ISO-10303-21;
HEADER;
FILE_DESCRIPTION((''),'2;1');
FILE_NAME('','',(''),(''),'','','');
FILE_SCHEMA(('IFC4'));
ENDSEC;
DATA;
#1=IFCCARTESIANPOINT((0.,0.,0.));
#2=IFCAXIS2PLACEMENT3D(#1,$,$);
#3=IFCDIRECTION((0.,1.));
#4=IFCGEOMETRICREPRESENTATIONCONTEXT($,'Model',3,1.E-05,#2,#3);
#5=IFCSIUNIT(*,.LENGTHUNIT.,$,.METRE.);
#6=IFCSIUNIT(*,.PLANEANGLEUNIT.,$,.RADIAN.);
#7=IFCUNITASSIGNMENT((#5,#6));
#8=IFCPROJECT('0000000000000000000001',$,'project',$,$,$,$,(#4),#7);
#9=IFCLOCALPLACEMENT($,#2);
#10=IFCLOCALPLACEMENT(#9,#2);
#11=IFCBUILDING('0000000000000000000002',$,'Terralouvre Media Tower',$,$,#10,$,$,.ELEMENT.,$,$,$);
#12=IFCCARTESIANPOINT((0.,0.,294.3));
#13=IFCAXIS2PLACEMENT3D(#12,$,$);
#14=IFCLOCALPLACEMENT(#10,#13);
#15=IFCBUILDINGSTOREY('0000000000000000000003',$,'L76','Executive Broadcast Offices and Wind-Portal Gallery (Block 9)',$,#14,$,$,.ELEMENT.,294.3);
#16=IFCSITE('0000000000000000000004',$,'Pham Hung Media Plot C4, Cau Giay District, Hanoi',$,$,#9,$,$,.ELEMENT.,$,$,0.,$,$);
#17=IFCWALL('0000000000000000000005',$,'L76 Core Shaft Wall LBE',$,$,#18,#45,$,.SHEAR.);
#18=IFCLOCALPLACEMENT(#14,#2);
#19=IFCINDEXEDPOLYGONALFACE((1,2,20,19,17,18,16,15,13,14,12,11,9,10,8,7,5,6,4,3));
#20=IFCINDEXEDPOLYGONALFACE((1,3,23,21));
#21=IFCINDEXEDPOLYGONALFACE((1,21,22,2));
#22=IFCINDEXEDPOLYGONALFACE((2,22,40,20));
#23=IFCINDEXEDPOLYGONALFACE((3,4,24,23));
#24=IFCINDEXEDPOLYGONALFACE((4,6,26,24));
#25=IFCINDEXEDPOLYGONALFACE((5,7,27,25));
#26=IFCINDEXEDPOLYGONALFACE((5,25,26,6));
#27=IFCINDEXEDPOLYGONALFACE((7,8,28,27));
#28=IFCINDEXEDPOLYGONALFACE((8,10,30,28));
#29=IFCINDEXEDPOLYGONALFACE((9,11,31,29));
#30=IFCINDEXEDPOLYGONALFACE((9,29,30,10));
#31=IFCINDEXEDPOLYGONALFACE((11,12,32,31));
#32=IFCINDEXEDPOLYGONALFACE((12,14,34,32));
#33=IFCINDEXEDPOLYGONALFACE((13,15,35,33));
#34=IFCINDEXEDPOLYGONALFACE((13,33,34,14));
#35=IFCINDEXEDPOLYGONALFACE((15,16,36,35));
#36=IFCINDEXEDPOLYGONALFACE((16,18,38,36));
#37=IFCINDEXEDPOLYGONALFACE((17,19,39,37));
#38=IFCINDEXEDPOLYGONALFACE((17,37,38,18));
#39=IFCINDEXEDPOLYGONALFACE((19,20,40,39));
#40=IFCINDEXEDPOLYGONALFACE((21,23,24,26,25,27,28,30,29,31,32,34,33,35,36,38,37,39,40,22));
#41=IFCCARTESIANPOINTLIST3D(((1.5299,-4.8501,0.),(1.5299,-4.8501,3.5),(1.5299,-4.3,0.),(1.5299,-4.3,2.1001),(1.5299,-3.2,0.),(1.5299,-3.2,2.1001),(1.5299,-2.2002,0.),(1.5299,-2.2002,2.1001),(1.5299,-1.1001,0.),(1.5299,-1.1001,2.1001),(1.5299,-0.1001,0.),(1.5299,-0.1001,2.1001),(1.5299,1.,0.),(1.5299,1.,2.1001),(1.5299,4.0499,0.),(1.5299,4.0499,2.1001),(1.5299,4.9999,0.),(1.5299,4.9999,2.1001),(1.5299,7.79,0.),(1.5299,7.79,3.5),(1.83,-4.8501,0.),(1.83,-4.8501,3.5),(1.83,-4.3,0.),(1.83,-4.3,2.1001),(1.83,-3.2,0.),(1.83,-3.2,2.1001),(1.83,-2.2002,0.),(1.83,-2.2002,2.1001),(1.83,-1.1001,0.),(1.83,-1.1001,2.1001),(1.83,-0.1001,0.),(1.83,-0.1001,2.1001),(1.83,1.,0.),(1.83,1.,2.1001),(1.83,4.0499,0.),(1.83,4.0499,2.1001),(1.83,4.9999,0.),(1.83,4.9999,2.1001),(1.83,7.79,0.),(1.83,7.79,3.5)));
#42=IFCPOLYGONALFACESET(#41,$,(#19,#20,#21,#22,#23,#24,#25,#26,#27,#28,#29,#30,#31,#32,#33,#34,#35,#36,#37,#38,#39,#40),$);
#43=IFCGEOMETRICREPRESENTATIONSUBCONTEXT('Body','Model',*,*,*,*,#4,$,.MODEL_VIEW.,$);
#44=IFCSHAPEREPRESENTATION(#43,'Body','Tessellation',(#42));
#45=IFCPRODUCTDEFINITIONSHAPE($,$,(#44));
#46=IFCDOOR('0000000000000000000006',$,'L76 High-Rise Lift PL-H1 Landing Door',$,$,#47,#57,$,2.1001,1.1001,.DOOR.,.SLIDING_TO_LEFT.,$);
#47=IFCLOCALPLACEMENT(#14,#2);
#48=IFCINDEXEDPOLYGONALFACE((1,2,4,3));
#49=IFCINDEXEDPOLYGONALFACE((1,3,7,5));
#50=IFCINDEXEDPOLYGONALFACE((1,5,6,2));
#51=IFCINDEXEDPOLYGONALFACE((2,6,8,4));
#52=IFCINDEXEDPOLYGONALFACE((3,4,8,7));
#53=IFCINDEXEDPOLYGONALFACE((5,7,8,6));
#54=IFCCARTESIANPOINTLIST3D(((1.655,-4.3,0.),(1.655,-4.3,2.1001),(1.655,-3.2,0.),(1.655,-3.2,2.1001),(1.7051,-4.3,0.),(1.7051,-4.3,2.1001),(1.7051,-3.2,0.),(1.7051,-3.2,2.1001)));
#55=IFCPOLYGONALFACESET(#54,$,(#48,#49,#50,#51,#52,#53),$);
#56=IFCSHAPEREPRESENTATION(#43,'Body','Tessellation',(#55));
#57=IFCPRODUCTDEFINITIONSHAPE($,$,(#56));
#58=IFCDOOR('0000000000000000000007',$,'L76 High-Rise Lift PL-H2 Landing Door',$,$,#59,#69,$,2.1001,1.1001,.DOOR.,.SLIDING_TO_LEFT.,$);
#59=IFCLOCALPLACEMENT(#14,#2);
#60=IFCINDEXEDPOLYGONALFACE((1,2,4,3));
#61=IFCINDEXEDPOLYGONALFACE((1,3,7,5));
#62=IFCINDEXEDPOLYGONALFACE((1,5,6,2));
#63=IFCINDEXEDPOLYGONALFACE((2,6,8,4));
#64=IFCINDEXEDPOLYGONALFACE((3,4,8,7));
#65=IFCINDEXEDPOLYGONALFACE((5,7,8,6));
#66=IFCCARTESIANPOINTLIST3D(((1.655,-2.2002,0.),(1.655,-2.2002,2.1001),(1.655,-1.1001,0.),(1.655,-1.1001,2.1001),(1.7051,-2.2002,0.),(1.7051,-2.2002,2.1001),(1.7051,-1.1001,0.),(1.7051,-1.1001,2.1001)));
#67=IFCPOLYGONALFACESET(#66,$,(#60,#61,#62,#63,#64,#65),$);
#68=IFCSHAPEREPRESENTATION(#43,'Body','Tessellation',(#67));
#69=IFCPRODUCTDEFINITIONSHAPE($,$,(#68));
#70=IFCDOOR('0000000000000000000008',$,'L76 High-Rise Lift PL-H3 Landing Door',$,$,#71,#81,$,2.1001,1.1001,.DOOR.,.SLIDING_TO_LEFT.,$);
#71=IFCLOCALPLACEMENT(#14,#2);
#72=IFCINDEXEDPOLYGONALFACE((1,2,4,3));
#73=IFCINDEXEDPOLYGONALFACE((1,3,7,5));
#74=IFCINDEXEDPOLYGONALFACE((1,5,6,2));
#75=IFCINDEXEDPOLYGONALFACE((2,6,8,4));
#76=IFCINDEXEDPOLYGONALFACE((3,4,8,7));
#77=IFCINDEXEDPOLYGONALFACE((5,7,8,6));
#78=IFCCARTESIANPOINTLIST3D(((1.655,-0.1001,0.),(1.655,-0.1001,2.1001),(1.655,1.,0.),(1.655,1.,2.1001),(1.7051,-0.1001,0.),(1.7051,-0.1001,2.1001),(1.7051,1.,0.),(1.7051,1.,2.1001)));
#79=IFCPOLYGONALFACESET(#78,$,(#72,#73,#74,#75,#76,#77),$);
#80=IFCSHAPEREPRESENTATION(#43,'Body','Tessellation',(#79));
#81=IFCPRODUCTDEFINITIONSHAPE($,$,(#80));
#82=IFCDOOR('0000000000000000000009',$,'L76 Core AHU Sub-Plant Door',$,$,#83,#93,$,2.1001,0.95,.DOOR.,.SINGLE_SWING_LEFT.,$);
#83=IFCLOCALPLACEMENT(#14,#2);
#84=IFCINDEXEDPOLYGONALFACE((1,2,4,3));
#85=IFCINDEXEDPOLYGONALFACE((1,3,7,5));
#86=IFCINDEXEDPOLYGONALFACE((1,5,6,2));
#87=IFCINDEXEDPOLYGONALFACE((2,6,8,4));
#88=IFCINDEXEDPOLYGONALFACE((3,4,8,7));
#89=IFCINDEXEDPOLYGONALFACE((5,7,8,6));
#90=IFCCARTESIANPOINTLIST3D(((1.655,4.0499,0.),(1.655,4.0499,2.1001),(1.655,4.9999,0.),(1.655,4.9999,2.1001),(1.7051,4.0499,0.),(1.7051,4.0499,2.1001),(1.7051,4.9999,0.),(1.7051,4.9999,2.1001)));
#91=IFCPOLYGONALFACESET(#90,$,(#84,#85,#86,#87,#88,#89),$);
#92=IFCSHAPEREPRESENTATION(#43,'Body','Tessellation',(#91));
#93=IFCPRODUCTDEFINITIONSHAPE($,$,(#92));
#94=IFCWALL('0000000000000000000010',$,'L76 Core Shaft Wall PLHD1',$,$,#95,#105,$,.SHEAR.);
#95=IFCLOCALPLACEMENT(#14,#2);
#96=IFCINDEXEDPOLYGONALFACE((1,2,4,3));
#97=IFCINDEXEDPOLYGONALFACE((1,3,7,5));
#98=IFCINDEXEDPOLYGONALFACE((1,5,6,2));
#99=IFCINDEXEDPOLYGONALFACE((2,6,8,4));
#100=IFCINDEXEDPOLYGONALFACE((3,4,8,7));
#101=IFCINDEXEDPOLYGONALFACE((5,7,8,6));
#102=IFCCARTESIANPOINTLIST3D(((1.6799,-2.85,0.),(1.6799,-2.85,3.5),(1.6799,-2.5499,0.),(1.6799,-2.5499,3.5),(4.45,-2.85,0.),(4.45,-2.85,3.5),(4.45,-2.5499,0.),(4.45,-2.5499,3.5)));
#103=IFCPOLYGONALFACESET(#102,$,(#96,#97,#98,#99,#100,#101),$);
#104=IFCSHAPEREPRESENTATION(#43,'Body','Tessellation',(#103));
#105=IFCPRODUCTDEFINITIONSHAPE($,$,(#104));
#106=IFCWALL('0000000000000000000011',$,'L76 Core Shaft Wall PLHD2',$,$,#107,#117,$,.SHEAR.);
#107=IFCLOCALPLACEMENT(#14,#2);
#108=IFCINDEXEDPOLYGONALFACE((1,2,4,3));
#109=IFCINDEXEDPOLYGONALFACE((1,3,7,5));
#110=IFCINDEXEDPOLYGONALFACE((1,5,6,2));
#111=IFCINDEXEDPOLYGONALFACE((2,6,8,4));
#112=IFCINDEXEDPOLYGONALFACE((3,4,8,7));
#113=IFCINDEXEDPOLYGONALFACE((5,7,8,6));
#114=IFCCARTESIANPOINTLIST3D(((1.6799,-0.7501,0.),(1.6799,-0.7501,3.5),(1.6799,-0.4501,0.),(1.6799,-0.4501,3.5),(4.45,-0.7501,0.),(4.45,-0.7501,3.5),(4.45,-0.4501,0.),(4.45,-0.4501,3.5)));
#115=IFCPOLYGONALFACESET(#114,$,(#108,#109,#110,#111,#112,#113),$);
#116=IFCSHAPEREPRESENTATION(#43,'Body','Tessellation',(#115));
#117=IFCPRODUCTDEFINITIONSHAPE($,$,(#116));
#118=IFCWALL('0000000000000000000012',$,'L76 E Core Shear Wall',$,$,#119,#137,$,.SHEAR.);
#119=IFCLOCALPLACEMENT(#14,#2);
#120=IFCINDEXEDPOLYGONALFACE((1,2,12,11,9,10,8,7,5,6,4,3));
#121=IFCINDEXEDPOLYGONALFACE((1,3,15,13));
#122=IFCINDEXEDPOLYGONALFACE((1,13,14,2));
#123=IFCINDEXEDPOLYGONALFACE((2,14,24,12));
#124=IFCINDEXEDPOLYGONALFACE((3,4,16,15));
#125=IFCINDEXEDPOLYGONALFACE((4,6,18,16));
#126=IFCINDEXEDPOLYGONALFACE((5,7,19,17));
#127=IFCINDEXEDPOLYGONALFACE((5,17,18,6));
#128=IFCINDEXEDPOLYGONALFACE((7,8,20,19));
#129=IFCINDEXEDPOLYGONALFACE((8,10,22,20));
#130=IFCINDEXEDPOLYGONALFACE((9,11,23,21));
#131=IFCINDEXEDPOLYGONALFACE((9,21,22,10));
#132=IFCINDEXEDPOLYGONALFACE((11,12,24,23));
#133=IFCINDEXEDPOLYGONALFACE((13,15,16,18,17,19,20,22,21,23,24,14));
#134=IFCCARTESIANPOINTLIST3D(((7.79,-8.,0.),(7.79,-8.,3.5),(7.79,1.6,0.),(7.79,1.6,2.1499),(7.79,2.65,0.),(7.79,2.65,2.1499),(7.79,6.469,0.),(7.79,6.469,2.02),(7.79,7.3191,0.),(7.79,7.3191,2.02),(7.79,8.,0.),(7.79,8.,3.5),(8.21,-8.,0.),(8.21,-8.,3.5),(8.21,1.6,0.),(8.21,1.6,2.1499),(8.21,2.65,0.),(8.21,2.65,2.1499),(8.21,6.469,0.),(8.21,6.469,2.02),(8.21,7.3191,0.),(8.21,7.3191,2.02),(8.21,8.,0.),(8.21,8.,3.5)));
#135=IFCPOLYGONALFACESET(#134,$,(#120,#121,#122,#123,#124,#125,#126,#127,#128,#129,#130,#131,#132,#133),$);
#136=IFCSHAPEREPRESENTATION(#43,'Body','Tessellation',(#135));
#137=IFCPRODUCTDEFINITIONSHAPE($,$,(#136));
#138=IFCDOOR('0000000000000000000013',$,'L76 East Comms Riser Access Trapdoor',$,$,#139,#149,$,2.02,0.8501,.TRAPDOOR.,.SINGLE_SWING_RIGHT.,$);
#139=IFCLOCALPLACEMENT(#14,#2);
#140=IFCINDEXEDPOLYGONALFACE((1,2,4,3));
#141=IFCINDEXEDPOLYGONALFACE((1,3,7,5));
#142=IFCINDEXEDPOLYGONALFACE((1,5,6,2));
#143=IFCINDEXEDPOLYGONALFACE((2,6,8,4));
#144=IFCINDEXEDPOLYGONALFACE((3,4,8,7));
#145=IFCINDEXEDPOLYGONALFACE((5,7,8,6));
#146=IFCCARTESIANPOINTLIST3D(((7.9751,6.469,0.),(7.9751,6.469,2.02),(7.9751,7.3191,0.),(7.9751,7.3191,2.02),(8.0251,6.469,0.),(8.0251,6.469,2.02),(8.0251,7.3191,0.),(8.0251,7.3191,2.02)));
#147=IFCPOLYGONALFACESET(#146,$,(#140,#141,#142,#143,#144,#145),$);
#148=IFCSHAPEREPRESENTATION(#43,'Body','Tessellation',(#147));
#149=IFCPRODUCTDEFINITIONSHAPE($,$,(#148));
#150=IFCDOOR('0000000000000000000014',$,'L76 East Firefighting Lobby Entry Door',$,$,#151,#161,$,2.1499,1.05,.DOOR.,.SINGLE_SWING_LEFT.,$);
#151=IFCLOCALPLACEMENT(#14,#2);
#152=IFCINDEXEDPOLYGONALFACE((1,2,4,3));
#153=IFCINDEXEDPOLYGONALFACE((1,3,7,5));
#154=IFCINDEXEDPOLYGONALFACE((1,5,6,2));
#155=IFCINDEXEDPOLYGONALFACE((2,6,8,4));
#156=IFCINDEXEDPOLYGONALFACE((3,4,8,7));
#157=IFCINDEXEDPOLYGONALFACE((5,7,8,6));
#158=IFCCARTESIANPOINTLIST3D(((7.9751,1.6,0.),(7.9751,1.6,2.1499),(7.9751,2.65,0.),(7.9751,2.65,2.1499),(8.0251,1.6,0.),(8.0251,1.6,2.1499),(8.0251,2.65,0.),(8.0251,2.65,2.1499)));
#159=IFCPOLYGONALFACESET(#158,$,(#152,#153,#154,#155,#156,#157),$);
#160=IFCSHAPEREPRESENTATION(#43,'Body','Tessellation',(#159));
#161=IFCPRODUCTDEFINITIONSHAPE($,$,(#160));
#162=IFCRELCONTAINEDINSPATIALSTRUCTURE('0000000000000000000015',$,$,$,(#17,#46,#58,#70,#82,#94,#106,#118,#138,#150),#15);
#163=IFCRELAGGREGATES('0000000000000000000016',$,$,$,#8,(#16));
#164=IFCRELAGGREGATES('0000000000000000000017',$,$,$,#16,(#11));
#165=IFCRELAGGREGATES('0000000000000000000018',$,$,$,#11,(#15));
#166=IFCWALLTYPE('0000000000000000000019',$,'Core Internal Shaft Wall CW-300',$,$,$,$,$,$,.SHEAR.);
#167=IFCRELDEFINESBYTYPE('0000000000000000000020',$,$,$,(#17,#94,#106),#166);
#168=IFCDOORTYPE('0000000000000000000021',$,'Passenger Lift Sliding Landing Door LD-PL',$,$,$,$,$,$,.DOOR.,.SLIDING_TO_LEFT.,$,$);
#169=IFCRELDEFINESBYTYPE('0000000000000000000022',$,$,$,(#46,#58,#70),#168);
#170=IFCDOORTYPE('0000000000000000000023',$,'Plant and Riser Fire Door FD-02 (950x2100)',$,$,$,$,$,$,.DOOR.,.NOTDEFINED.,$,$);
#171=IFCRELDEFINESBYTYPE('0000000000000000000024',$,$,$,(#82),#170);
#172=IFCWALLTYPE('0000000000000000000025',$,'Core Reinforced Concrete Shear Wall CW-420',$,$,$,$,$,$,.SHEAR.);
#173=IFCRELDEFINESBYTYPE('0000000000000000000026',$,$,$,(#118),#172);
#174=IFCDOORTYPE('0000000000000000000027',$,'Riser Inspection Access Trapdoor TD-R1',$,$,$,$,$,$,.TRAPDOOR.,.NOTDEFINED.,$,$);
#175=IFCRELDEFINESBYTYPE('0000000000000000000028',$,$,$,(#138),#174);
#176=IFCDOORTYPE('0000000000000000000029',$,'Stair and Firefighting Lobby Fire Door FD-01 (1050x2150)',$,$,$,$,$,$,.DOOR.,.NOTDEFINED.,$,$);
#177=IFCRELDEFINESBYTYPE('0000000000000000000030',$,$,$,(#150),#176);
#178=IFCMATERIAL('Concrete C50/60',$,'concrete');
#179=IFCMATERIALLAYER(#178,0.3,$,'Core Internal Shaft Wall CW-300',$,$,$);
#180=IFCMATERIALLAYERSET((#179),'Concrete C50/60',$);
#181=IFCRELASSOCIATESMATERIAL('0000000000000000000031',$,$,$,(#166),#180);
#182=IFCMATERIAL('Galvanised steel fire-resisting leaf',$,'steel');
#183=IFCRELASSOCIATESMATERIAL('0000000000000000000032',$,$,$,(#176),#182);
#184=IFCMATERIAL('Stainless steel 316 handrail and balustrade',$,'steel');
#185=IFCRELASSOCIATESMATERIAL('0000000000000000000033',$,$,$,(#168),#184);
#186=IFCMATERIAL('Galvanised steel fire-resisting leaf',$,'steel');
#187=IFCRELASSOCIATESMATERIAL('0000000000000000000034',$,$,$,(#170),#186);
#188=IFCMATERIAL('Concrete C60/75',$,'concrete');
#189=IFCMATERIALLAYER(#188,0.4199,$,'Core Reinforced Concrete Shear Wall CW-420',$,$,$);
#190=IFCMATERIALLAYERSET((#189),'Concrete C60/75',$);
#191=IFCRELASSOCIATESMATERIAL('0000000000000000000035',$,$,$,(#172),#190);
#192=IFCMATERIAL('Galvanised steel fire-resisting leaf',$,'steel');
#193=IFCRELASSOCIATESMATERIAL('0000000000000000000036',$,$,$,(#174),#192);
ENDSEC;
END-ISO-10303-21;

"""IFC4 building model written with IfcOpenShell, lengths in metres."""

from ifc_helpers import new_model, si_unit, direction, frame, frame_2d, origin, place, context, subcontext, project, spatial, rectangle, extrude, material, layer, layer_set, type_object, element, fill, save


model = new_model("IFC4")

# Units and contexts
model_context = context("Model", 3, precision=1e-05, world=origin(), true_north=direction((0.0, 1.0)))
body_context = subcontext(model_context, "Body", "Model", "MODEL_VIEW")
ifc_project = project(units=[si_unit("LENGTHUNIT", "METRE"), si_unit("PLANEANGLEUNIT", "RADIAN")], contexts=[model_context])

# Site, building, storey
site_placement = place(None, origin())
site = spatial("IfcSite", under=ifc_project, at=site_placement, Name="Pham Hung Media Plot C4, Cau Giay District, Hanoi", CompositionType="ELEMENT", RefElevation=0.0)
building_placement = place(site_placement, origin())
building = spatial("IfcBuilding", under=site, at=building_placement, Name="Terralouvre Media Tower", CompositionType="ELEMENT")
storey_placement = place(building_placement, frame((0.0, 0.0, 294.3)))
storey = spatial("IfcBuildingStorey", under=building, at=storey_placement, Name="L76", Description="Executive Broadcast Offices and Wind-Portal Gallery (Block 9)", CompositionType="ELEMENT", Elevation=294.3)

# Shared definitions
ifc_material_1 = material(Name="Concrete C50/60", Category="concrete")
ifc_layer_1 = layer(ifc_material_1, 0.3, Name="Core Internal Shaft Wall CW-300")
ifc_layer_set_1 = layer_set([ifc_layer_1], Name="Concrete C50/60")
wall_type_1 = type_object("IfcWallType", Name="Core Internal Shaft Wall CW-300", PredefinedType="SHEAR", material=ifc_layer_set_1)

# Shared definitions
ifc_material_2 = material(Name="Galvanised steel fire-resisting leaf", Category="steel")
door_type_1 = type_object("IfcDoorType", Name="Stair and Firefighting Lobby Fire Door FD-01 (1050x2150)", OperationType="NOTDEFINED", PredefinedType="DOOR", material=ifc_material_2)

# Wall, openings, doors
wall_1_placement = place(storey_placement, frame((1.6799, -4.8501, 0.0), z_axis=(0.0, 0.0, 1.0), x_axis=(0.0, 1.0, 0.0)))
wall_1 = element("IfcWall", 1, at=wall_1_placement, inside=storey, type_object=wall_type_1, Name="L76 Core Shaft Wall LBE", PredefinedType="SHEAR", context=body_context, shape_type="SweptSolid", body=[
    extrude(rectangle(XDim=12.6401, YDim=0.3, at=frame_2d((6.3201, 0.0))), origin(), (0.0, 0.0, 1.0), 3.5),
])
opening_1_placement = place(wall_1_placement, frame((0.55, 0.0, 0.0)))
opening_1 = element("IfcOpeningElement", 2, at=opening_1_placement, cuts=wall_1, PredefinedType="OPENING", context=body_context, shape_type="SweptSolid", body=[
    extrude(rectangle(XDim=1.1001, YDim=2.1001, at=frame_2d((0.55, 1.05))), frame((0.0, 0.1599, 0.0), z_axis=(0.0, -1.0, 0.0), x_axis=(1.0, 0.0, 0.0)), (0.0, 0.0, 1.0), 0.3201),
])
opening_2_placement = place(wall_1_placement, frame((2.6499, 0.0, 0.0)))
opening_2 = element("IfcOpeningElement", 3, at=opening_2_placement, cuts=wall_1, PredefinedType="OPENING", context=body_context, shape_type="SweptSolid", body=[
    extrude(rectangle(XDim=1.1001, YDim=2.1001, at=frame_2d((0.55, 1.05))), frame((0.0, 0.1599, 0.0), z_axis=(0.0, -1.0, 0.0), x_axis=(1.0, 0.0, 0.0)), (0.0, 0.0, 1.0), 0.3201),
])
opening_3_placement = place(wall_1_placement, frame((4.75, 0.0, 0.0)))
opening_3 = element("IfcOpeningElement", 4, at=opening_3_placement, cuts=wall_1, PredefinedType="OPENING", context=body_context, shape_type="SweptSolid", body=[
    extrude(rectangle(XDim=1.1001, YDim=2.1001, at=frame_2d((0.55, 1.05))), frame((0.0, 0.1599, 0.0), z_axis=(0.0, -1.0, 0.0), x_axis=(1.0, 0.0, 0.0)), (0.0, 0.0, 1.0), 0.3201),
])
opening_4_placement = place(wall_1_placement, frame((8.8999, 0.0, 0.0)))
opening_4 = element("IfcOpeningElement", 5, at=opening_4_placement, cuts=wall_1, PredefinedType="OPENING", context=body_context, shape_type="SweptSolid", body=[
    extrude(rectangle(XDim=0.95, YDim=2.1001, at=frame_2d((0.4751, 1.05))), frame((0.0, 0.1599, 0.0), z_axis=(0.0, -1.0, 0.0), x_axis=(1.0, 0.0, 0.0)), (0.0, 0.0, 1.0), 0.3201),
])
ifc_material_3 = material(Name="Stainless steel 316 handrail and balustrade", Category="steel")
door_type_2 = type_object("IfcDoorType", Name="Passenger Lift Sliding Landing Door LD-PL", OperationType="SLIDING_TO_LEFT", PredefinedType="DOOR", material=ifc_material_3)
door_1_placement = place(opening_1_placement, origin())
door_1 = element("IfcDoor", 6, at=door_1_placement, inside=storey, type_object=door_type_2, Name="L76 High-Rise Lift PL-H1 Landing Door", OperationType="SLIDING_TO_LEFT", OverallHeight=2.1001, OverallWidth=1.1001, PredefinedType="DOOR", context=body_context, shape_type="SweptSolid", body=[
    extrude(rectangle(XDim=1.1001, YDim=2.1001, at=frame_2d((0.55, 1.05))), frame((0.0, 0.0249, 0.0), z_axis=(0.0, -1.0, 0.0), x_axis=(1.0, 0.0, 0.0)), (0.0, 0.0, 1.0), 0.05),
])
fill(opening_1, door_1)
door_2_placement = place(opening_2_placement, origin())
door_2 = element("IfcDoor", 7, at=door_2_placement, inside=storey, type_object=door_type_2, Name="L76 High-Rise Lift PL-H2 Landing Door", OperationType="SLIDING_TO_LEFT", OverallHeight=2.1001, OverallWidth=1.1001, PredefinedType="DOOR", context=body_context, shape_type="SweptSolid", body=[
    extrude(rectangle(XDim=1.1001, YDim=2.1001, at=frame_2d((0.55, 1.05))), frame((0.0, 0.0249, 0.0), z_axis=(0.0, -1.0, 0.0), x_axis=(1.0, 0.0, 0.0)), (0.0, 0.0, 1.0), 0.05),
])
fill(opening_2, door_2)
door_3_placement = place(opening_3_placement, origin())
door_3 = element("IfcDoor", 8, at=door_3_placement, inside=storey, type_object=door_type_2, Name="L76 High-Rise Lift PL-H3 Landing Door", OperationType="SLIDING_TO_LEFT", OverallHeight=2.1001, OverallWidth=1.1001, PredefinedType="DOOR", context=body_context, shape_type="SweptSolid", body=[
    extrude(rectangle(XDim=1.1001, YDim=2.1001, at=frame_2d((0.55, 1.05))), frame((0.0, 0.0249, 0.0), z_axis=(0.0, -1.0, 0.0), x_axis=(1.0, 0.0, 0.0)), (0.0, 0.0, 1.0), 0.05),
])
fill(opening_3, door_3)
ifc_material_4 = material(Name="Galvanised steel fire-resisting leaf", Category="steel")
door_type_3 = type_object("IfcDoorType", Name="Plant and Riser Fire Door FD-02 (950x2100)", OperationType="NOTDEFINED", PredefinedType="DOOR", material=ifc_material_4)
door_4_placement = place(opening_4_placement, origin())
door_4 = element("IfcDoor", 9, at=door_4_placement, inside=storey, type_object=door_type_3, Name="L76 Core AHU Sub-Plant Door", OperationType="SINGLE_SWING_LEFT", OverallHeight=2.1001, OverallWidth=0.95, PredefinedType="DOOR", context=body_context, shape_type="SweptSolid", body=[
    extrude(rectangle(XDim=0.95, YDim=2.1001, at=frame_2d((0.4751, 1.05))), frame((0.0, 0.0249, 0.0), z_axis=(0.0, -1.0, 0.0), x_axis=(1.0, 0.0, 0.0)), (0.0, 0.0, 1.0), 0.05),
])
fill(opening_4, door_4)

# Walls
for number, where, z_axis, x_axis, name in (
    (10, (1.6799, -2.7, 0.0), (0.0, 0.0, 1.0), (1.0, 0.0, 0.0), "L76 Core Shaft Wall PLHD1"),
    (11, (1.6799, -0.6001, 0.0), (0.0, 0.0, 1.0), (1.0, 0.0, 0.0), "L76 Core Shaft Wall PLHD2"),
):
    element("IfcWall", number, at=place(storey_placement, frame(where, z_axis=z_axis, x_axis=x_axis)), inside=storey, type_object=wall_type_1, Name=name, PredefinedType="SHEAR", context=body_context, shape_type="SweptSolid", body=[
        extrude(rectangle(XDim=2.77, YDim=0.3, at=frame_2d((1.385, 0.0))), origin(), (0.0, 0.0, 1.0), 3.5),
    ])

# Wall, openings, doors
ifc_material_5 = material(Name="Concrete C60/75", Category="concrete")
ifc_layer_2 = layer(ifc_material_5, 0.4199, Name="Core Reinforced Concrete Shear Wall CW-420")
ifc_layer_set_2 = layer_set([ifc_layer_2], Name="Concrete C60/75")
wall_type_2 = type_object("IfcWallType", Name="Core Reinforced Concrete Shear Wall CW-420", PredefinedType="SHEAR", material=ifc_layer_set_2)
wall_2_placement = place(storey_placement, frame((8.0, -8.0, 0.0), z_axis=(0.0, 0.0, 1.0), x_axis=(0.0, 1.0, 0.0)))
wall_2 = element("IfcWall", 12, at=wall_2_placement, inside=storey, type_object=wall_type_2, Name="L76 E Core Shear Wall", PredefinedType="SHEAR", context=body_context, shape_type="SweptSolid", body=[
    extrude(rectangle(XDim=16.0, YDim=0.4199, at=frame_2d((8.0, 0.0))), origin(), (0.0, 0.0, 1.0), 3.5),
])
opening_5_placement = place(wall_2_placement, frame((9.6001, 0.0, 0.0)))
opening_5 = element("IfcOpeningElement", 13, at=opening_5_placement, cuts=wall_2, PredefinedType="OPENING", context=body_context, shape_type="SweptSolid", body=[
    extrude(rectangle(XDim=1.05, YDim=2.1499, at=frame_2d((0.5249, 1.075))), frame((0.0, 0.22, 0.0), z_axis=(0.0, -1.0, 0.0), x_axis=(1.0, 0.0, 0.0)), (0.0, 0.0, 1.0), 0.4399),
])
opening_6_placement = place(wall_2_placement, frame((14.469, 0.0, 0.0)))
opening_6 = element("IfcOpeningElement", 14, at=opening_6_placement, cuts=wall_2, PredefinedType="OPENING", context=body_context, shape_type="SweptSolid", body=[
    extrude(rectangle(XDim=0.8501, YDim=2.02, at=frame_2d((0.425, 1.01))), frame((0.0, 0.22, 0.0), z_axis=(0.0, -1.0, 0.0), x_axis=(1.0, 0.0, 0.0)), (0.0, 0.0, 1.0), 0.4399),
])
ifc_material_6 = material(Name="Galvanised steel fire-resisting leaf", Category="steel")
door_type_4 = type_object("IfcDoorType", Name="Riser Inspection Access Trapdoor TD-R1", OperationType="NOTDEFINED", PredefinedType="TRAPDOOR", material=ifc_material_6)
door_5_placement = place(opening_6_placement, origin())
door_5 = element("IfcDoor", 15, at=door_5_placement, inside=storey, type_object=door_type_4, Name="L76 East Comms Riser Access Trapdoor", OperationType="SINGLE_SWING_RIGHT", OverallHeight=2.02, OverallWidth=0.8501, PredefinedType="TRAPDOOR", context=body_context, shape_type="SweptSolid", body=[
    extrude(rectangle(XDim=0.8501, YDim=2.02, at=frame_2d((0.425, 1.01))), frame((0.0, 0.0249, 0.0), z_axis=(0.0, -1.0, 0.0), x_axis=(1.0, 0.0, 0.0)), (0.0, 0.0, 1.0), 0.05),
])
fill(opening_6, door_5)
door_6_placement = place(opening_5_placement, origin())
door_6 = element("IfcDoor", 16, at=door_6_placement, inside=storey, type_object=door_type_1, Name="L76 East Firefighting Lobby Entry Door", OperationType="SINGLE_SWING_LEFT", OverallHeight=2.1499, OverallWidth=1.05, PredefinedType="DOOR", context=body_context, shape_type="SweptSolid", body=[
    extrude(rectangle(XDim=1.05, YDim=2.1499, at=frame_2d((0.5249, 1.075))), frame((0.0, 0.0249, 0.0), z_axis=(0.0, -1.0, 0.0), x_axis=(1.0, 0.0, 0.0)), (0.0, 0.0, 1.0), 0.05),
])
fill(opening_5, door_6)

save(model, "model.ifc")
